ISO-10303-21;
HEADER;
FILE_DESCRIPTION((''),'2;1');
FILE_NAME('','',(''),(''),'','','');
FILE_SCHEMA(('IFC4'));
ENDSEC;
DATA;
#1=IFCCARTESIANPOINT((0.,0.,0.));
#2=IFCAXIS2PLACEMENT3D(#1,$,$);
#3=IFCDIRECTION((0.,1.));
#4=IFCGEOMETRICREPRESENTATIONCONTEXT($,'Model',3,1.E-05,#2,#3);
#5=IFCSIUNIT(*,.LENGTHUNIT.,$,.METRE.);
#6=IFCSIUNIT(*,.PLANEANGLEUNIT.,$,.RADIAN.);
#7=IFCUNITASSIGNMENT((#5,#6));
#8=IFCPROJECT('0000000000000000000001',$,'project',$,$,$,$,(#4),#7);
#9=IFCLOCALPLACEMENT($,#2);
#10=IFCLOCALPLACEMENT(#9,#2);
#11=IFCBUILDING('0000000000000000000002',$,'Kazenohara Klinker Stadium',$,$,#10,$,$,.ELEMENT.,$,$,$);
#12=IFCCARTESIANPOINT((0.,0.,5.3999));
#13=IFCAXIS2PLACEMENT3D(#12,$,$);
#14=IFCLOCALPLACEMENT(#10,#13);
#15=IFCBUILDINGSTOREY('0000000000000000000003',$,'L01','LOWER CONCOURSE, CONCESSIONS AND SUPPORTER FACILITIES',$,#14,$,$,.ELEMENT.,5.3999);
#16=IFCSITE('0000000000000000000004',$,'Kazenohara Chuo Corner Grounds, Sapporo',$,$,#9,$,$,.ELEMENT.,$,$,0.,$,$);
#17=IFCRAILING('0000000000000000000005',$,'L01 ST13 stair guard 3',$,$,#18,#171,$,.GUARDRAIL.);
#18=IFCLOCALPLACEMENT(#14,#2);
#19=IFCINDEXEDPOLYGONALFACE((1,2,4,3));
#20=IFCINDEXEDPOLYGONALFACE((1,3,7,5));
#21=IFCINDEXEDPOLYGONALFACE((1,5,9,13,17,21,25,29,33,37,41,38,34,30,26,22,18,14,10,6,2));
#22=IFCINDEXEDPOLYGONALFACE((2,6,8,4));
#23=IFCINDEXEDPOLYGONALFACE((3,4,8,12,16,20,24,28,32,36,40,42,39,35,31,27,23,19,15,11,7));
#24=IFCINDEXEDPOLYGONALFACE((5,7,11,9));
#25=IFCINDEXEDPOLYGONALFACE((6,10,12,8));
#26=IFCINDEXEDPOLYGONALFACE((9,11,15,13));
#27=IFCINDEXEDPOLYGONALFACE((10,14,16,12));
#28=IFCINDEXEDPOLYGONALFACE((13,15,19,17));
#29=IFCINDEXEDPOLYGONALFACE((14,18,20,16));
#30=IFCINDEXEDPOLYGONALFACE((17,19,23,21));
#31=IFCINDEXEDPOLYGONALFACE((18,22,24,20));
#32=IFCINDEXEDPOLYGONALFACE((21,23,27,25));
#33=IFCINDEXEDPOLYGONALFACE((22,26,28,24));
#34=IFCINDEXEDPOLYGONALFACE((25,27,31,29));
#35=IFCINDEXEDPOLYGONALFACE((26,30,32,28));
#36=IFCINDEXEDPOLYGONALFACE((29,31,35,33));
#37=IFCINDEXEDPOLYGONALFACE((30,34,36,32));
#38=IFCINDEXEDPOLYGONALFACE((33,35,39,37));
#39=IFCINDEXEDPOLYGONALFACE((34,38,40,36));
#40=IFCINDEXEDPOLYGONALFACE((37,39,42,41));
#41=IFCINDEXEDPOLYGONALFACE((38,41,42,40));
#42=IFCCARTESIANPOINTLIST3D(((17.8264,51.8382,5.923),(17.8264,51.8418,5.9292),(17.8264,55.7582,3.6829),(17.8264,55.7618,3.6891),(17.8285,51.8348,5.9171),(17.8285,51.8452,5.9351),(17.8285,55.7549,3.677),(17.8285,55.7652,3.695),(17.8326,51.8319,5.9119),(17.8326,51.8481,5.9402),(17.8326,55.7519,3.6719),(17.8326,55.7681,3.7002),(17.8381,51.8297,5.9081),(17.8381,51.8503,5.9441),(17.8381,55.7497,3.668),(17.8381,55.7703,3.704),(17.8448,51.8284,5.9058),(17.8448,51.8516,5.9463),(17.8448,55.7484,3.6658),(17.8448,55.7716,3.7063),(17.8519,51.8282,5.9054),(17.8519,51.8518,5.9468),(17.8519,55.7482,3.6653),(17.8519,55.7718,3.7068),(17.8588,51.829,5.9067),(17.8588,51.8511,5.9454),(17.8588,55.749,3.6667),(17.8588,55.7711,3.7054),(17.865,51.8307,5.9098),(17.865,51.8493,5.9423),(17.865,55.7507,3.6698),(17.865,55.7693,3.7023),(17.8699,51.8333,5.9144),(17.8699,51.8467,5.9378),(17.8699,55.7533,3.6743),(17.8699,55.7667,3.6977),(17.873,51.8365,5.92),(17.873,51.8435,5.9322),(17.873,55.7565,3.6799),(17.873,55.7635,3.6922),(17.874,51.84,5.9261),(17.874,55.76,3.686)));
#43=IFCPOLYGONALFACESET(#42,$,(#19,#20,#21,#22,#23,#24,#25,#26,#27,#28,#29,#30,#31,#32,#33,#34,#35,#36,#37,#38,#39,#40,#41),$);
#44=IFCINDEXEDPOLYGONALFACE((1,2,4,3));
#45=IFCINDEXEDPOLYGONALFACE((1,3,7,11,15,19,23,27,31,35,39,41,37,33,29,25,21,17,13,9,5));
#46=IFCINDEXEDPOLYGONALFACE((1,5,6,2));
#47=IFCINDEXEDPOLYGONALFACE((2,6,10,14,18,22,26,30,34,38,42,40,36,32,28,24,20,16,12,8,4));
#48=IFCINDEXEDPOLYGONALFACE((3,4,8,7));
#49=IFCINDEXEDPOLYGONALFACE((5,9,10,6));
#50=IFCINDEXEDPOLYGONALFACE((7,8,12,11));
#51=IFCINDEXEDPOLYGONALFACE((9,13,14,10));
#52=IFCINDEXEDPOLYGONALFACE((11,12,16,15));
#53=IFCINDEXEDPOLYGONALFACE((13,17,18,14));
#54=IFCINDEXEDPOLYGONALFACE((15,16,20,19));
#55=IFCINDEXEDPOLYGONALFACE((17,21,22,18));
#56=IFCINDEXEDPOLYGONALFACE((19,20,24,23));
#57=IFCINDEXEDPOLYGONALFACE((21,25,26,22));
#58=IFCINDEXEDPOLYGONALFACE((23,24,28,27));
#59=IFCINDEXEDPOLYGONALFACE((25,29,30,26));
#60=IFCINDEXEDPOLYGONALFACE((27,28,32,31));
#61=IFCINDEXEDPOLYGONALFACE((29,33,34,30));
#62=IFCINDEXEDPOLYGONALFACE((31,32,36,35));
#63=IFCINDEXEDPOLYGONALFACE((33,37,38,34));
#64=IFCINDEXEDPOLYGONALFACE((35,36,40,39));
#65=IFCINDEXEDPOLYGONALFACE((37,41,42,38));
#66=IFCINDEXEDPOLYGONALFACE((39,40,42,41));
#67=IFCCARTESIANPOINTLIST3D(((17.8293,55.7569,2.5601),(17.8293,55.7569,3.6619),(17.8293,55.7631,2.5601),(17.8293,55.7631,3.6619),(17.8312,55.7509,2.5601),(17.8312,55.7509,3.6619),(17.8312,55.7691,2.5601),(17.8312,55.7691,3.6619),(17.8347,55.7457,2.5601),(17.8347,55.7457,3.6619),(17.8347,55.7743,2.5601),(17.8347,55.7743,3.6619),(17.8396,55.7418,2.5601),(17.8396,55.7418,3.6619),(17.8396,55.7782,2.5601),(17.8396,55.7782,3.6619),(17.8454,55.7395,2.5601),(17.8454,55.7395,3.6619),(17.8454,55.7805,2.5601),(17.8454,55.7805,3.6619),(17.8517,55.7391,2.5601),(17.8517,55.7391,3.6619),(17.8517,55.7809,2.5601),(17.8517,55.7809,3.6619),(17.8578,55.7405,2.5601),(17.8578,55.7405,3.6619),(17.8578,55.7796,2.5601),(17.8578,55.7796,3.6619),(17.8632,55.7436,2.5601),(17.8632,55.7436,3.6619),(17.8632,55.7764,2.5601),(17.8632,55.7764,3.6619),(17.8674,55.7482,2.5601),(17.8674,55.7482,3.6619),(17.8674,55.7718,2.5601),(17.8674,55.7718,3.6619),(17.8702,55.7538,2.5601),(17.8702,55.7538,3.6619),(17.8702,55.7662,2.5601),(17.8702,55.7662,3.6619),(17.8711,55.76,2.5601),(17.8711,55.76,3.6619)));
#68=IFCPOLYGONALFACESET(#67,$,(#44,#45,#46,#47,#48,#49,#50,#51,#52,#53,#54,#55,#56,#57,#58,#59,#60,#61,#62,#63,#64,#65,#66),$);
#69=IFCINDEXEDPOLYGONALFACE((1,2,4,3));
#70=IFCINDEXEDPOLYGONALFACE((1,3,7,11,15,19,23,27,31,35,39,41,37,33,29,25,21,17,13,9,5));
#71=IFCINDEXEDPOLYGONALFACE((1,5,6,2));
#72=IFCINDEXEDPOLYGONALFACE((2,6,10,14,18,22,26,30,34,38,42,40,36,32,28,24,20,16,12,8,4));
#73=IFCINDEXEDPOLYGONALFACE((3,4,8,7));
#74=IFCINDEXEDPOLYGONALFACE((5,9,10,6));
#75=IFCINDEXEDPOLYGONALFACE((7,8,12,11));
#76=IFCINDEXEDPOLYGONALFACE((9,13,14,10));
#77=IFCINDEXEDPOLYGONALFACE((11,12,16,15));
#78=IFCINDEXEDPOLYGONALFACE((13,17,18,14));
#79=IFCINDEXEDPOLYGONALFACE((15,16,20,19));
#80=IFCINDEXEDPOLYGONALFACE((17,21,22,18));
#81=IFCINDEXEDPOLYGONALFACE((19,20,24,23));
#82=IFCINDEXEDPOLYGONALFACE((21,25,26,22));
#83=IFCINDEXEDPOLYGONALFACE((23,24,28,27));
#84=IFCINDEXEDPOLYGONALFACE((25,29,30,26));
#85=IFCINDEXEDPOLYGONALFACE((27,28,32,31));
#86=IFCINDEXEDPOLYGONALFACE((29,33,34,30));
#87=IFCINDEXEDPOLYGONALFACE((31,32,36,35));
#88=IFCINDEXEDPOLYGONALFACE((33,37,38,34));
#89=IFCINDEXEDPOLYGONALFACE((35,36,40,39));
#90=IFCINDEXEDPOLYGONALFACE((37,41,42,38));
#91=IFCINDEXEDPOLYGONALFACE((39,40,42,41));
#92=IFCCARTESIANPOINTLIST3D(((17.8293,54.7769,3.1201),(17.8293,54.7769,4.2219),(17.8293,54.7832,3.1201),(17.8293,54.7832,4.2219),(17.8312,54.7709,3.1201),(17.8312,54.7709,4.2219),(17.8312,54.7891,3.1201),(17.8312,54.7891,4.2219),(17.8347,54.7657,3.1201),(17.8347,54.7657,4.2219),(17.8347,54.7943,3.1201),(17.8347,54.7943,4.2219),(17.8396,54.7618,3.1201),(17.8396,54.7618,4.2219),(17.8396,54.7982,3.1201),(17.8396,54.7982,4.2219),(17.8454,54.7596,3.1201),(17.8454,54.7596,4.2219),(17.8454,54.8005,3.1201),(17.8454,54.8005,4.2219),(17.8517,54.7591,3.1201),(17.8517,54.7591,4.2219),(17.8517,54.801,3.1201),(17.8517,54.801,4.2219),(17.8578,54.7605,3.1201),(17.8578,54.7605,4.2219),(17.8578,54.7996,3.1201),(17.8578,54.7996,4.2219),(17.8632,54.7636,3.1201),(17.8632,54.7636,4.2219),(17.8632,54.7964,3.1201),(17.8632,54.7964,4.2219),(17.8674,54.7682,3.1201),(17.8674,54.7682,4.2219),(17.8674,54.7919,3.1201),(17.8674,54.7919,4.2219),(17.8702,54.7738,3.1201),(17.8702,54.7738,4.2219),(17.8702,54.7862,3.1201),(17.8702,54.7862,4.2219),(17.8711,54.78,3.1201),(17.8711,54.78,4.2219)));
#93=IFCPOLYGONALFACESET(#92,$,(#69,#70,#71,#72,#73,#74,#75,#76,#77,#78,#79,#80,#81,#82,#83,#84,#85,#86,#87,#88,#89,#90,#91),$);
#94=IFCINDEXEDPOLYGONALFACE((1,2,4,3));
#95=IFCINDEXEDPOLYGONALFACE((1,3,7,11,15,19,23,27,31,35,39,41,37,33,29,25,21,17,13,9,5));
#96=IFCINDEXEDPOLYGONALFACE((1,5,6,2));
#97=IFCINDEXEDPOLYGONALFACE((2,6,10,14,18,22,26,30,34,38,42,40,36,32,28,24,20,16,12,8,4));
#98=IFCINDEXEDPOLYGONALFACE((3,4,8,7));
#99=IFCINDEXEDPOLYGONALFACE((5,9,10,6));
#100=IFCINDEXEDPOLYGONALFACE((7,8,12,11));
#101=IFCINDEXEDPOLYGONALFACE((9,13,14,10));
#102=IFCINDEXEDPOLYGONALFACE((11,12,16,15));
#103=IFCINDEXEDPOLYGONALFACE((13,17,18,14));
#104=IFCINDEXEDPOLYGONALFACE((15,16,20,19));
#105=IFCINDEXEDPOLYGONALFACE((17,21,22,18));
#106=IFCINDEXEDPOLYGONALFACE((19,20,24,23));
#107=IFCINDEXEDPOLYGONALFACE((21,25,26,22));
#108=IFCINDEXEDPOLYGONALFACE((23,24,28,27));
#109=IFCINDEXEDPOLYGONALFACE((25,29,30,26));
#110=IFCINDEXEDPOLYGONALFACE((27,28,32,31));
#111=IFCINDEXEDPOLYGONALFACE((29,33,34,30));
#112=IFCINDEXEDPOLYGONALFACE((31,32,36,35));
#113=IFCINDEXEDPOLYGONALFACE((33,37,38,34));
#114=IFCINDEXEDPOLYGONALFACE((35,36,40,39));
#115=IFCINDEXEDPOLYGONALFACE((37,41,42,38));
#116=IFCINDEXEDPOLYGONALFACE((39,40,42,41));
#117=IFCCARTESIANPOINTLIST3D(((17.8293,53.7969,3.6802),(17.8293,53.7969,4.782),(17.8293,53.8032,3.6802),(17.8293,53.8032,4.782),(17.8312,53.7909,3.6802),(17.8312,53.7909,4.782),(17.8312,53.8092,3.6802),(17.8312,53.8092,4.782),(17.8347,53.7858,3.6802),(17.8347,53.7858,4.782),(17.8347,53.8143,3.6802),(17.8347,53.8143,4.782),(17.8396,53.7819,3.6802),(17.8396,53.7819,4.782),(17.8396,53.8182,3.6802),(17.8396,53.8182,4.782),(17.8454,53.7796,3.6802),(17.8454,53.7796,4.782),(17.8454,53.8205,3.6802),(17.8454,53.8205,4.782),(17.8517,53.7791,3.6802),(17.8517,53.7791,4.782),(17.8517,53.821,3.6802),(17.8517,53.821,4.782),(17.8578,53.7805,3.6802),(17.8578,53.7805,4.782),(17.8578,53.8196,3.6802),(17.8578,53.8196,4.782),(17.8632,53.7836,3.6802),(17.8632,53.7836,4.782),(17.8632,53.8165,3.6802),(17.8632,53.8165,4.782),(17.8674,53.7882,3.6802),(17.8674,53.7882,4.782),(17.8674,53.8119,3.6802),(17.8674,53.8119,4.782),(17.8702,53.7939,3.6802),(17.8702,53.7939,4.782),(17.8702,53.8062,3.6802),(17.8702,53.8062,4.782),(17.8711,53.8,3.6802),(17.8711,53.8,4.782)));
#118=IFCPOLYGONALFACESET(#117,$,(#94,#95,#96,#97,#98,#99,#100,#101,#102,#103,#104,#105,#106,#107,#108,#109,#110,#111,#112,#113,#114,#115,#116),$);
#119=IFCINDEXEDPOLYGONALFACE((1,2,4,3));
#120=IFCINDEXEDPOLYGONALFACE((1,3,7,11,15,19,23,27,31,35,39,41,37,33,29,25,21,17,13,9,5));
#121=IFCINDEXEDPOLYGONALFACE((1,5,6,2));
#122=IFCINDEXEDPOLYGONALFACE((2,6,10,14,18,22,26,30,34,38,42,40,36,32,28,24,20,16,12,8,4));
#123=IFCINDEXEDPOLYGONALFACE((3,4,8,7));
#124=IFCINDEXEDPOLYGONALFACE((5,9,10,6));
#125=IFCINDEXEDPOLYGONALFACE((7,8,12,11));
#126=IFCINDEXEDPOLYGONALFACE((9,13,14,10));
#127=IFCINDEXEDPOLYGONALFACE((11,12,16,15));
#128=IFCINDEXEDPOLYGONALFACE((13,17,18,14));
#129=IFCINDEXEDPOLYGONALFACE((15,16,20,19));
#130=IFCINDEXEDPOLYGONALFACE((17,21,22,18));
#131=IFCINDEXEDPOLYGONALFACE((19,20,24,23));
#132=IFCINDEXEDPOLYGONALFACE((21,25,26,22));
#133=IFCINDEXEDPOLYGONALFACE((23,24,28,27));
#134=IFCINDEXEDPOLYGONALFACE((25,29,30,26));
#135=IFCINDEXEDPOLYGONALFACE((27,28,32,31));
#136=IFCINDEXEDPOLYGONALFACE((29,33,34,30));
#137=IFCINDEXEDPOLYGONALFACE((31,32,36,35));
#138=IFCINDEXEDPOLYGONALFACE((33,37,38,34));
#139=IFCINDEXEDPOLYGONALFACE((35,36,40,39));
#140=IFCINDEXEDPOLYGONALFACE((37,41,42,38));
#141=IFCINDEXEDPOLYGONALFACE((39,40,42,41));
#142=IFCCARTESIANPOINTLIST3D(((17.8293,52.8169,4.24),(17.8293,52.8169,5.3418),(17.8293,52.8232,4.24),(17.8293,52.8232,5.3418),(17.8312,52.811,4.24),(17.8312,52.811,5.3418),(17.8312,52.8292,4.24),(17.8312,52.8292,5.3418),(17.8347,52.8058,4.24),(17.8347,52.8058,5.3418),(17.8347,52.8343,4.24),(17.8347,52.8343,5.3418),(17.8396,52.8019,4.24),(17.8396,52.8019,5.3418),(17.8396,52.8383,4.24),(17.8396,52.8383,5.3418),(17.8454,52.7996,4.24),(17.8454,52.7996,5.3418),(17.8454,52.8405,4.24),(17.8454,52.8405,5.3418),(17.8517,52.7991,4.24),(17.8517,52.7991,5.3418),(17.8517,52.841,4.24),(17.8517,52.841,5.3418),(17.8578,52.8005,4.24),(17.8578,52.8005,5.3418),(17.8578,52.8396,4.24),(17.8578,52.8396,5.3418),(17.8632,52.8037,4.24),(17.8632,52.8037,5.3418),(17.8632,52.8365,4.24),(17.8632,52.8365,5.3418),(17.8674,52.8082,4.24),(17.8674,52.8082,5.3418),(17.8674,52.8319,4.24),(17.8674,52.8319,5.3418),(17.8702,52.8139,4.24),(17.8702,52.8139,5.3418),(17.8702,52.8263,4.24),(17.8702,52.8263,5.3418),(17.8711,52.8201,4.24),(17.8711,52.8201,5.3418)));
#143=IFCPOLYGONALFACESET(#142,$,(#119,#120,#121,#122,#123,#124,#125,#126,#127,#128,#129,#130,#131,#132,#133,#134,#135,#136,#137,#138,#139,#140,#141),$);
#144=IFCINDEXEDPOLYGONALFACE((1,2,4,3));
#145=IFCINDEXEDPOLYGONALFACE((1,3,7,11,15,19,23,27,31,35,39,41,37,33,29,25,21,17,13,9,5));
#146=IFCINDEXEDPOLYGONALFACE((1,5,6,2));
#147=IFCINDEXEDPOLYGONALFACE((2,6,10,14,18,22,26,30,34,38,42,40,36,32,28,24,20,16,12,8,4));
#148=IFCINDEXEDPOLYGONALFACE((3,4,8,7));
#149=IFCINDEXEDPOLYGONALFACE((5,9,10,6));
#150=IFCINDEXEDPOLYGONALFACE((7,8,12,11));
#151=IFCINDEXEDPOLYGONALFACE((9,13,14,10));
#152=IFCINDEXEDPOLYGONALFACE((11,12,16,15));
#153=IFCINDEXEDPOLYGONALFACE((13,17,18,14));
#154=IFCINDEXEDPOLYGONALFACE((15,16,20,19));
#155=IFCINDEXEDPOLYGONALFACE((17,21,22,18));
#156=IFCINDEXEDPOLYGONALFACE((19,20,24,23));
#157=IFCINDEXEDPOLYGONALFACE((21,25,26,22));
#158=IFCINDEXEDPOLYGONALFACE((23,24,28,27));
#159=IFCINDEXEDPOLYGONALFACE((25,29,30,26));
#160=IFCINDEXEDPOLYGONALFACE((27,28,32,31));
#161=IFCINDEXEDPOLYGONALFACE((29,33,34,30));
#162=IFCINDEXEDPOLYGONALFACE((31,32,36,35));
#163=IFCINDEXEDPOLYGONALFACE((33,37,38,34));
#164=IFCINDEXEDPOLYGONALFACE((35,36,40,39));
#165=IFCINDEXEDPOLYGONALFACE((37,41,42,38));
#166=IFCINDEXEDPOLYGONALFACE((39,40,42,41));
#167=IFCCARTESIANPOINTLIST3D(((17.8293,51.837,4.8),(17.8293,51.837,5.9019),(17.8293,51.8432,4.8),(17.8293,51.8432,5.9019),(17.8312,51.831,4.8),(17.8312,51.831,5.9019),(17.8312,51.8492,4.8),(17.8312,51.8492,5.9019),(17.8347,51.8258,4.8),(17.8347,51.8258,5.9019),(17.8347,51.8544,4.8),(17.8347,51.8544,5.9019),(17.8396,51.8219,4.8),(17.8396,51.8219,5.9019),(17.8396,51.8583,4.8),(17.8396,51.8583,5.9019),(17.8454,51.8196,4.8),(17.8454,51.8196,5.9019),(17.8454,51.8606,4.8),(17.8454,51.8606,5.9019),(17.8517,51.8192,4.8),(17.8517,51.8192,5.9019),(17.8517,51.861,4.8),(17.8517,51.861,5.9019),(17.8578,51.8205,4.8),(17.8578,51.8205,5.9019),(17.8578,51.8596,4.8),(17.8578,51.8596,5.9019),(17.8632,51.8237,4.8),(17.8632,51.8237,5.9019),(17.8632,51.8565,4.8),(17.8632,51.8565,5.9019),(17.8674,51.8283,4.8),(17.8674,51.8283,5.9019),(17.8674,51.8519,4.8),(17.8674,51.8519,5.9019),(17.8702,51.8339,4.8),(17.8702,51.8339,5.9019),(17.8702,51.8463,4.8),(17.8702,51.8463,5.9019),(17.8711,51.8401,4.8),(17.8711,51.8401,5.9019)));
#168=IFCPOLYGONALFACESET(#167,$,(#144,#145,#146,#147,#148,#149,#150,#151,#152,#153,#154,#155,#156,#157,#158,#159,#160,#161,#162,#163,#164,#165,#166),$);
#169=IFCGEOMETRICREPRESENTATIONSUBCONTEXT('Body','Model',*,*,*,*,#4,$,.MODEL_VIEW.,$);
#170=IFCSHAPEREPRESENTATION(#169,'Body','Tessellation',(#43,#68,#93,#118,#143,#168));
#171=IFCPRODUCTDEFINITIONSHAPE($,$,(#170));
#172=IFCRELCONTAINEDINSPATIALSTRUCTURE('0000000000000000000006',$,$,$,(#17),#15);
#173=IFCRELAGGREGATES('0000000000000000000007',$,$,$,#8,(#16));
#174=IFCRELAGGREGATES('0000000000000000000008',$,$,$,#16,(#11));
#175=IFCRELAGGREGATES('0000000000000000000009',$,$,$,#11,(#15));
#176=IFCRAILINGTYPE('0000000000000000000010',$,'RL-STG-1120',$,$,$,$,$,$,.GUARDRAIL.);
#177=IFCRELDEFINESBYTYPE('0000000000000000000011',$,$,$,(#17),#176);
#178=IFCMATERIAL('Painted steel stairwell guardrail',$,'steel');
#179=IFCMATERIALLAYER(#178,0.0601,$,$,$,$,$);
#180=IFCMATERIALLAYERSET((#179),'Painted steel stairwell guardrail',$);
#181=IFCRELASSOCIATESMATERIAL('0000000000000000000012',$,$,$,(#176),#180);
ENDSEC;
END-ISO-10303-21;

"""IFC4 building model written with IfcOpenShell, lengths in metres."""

from ifc_helpers import new_model, si_unit, direction, frame, origin, origin_2d, place, context, subcontext, project, spatial, circle, extrude, material, layer, layer_set, type_object, element, save


model = new_model("IFC4")

# Units and contexts
model_context = context("Model", 3, precision=1e-05, world=origin(), true_north=direction((0.0, 1.0)))
body_context = subcontext(model_context, "Body", "Model", "MODEL_VIEW")
ifc_project = project(units=[si_unit("LENGTHUNIT", "METRE"), si_unit("PLANEANGLEUNIT", "RADIAN")], contexts=[model_context])

# Site, building, storey
site_placement = place(None, origin())
site = spatial("IfcSite", under=ifc_project, at=site_placement, Name="Kazenohara Chuo Corner Grounds, Sapporo", CompositionType="ELEMENT", RefElevation=0.0)
building_placement = place(site_placement, origin())
building = spatial("IfcBuilding", under=site, at=building_placement, Name="Kazenohara Klinker Stadium", CompositionType="ELEMENT")
storey_placement = place(building_placement, frame((0.0, 0.0, 5.3999)))
storey = spatial("IfcBuildingStorey", under=building, at=storey_placement, Name="L01", Description="LOWER CONCOURSE, CONCESSIONS AND SUPPORTER FACILITIES", CompositionType="ELEMENT", Elevation=5.3999)

# Railing
ifc_material_1 = material(Name="Painted steel stairwell guardrail", Category="steel")
ifc_layer_1 = layer(ifc_material_1, 0.0601)
ifc_layer_set_1 = layer_set([ifc_layer_1], Name="Painted steel stairwell guardrail")
railing_type_1 = type_object("IfcRailingType", Name="RL-STG-1120", PredefinedType="GUARDRAIL", material=ifc_layer_set_1)
railing_1_placement = place(storey_placement, frame((17.8501, 55.76, 2.5601)))
element("IfcRailing", 1, at=railing_1_placement, inside=storey, type_object=railing_type_1, Name="L01 ST13 stair guard 3", PredefinedType="GUARDRAIL", context=body_context, shape_type="SweptSolid", body=[
    extrude(circle(Radius=0.0239, at=origin_2d()), frame((0.0, 0.0, 1.126), z_axis=(0.0, -0.86824, 0.496145), x_axis=(1.0, 0.0, 0.0)), (0.0, 0.0, 1.0), 4.5149),
    extrude(circle(Radius=0.021, at=origin_2d()), origin(), (0.0, 0.0, 1.0), 1.1018),
    extrude(circle(Radius=0.021, at=origin_2d()), frame((0.0, -0.98, 0.5601)), (0.0, 0.0, 1.0), 1.1018),
    extrude(circle(Radius=0.021, at=origin_2d()), frame((0.0, -1.96, 1.1201)), (0.0, 0.0, 1.0), 1.1018),
    extrude(circle(Radius=0.021, at=origin_2d()), frame((0.0, -2.9399, 1.6799)), (0.0, 0.0, 1.0), 1.1018),
    extrude(circle(Radius=0.021, at=origin_2d()), frame((0.0, -3.9199, 2.24)), (0.0, 0.0, 1.0), 1.1018),
])

save(model, "model.ifc")
